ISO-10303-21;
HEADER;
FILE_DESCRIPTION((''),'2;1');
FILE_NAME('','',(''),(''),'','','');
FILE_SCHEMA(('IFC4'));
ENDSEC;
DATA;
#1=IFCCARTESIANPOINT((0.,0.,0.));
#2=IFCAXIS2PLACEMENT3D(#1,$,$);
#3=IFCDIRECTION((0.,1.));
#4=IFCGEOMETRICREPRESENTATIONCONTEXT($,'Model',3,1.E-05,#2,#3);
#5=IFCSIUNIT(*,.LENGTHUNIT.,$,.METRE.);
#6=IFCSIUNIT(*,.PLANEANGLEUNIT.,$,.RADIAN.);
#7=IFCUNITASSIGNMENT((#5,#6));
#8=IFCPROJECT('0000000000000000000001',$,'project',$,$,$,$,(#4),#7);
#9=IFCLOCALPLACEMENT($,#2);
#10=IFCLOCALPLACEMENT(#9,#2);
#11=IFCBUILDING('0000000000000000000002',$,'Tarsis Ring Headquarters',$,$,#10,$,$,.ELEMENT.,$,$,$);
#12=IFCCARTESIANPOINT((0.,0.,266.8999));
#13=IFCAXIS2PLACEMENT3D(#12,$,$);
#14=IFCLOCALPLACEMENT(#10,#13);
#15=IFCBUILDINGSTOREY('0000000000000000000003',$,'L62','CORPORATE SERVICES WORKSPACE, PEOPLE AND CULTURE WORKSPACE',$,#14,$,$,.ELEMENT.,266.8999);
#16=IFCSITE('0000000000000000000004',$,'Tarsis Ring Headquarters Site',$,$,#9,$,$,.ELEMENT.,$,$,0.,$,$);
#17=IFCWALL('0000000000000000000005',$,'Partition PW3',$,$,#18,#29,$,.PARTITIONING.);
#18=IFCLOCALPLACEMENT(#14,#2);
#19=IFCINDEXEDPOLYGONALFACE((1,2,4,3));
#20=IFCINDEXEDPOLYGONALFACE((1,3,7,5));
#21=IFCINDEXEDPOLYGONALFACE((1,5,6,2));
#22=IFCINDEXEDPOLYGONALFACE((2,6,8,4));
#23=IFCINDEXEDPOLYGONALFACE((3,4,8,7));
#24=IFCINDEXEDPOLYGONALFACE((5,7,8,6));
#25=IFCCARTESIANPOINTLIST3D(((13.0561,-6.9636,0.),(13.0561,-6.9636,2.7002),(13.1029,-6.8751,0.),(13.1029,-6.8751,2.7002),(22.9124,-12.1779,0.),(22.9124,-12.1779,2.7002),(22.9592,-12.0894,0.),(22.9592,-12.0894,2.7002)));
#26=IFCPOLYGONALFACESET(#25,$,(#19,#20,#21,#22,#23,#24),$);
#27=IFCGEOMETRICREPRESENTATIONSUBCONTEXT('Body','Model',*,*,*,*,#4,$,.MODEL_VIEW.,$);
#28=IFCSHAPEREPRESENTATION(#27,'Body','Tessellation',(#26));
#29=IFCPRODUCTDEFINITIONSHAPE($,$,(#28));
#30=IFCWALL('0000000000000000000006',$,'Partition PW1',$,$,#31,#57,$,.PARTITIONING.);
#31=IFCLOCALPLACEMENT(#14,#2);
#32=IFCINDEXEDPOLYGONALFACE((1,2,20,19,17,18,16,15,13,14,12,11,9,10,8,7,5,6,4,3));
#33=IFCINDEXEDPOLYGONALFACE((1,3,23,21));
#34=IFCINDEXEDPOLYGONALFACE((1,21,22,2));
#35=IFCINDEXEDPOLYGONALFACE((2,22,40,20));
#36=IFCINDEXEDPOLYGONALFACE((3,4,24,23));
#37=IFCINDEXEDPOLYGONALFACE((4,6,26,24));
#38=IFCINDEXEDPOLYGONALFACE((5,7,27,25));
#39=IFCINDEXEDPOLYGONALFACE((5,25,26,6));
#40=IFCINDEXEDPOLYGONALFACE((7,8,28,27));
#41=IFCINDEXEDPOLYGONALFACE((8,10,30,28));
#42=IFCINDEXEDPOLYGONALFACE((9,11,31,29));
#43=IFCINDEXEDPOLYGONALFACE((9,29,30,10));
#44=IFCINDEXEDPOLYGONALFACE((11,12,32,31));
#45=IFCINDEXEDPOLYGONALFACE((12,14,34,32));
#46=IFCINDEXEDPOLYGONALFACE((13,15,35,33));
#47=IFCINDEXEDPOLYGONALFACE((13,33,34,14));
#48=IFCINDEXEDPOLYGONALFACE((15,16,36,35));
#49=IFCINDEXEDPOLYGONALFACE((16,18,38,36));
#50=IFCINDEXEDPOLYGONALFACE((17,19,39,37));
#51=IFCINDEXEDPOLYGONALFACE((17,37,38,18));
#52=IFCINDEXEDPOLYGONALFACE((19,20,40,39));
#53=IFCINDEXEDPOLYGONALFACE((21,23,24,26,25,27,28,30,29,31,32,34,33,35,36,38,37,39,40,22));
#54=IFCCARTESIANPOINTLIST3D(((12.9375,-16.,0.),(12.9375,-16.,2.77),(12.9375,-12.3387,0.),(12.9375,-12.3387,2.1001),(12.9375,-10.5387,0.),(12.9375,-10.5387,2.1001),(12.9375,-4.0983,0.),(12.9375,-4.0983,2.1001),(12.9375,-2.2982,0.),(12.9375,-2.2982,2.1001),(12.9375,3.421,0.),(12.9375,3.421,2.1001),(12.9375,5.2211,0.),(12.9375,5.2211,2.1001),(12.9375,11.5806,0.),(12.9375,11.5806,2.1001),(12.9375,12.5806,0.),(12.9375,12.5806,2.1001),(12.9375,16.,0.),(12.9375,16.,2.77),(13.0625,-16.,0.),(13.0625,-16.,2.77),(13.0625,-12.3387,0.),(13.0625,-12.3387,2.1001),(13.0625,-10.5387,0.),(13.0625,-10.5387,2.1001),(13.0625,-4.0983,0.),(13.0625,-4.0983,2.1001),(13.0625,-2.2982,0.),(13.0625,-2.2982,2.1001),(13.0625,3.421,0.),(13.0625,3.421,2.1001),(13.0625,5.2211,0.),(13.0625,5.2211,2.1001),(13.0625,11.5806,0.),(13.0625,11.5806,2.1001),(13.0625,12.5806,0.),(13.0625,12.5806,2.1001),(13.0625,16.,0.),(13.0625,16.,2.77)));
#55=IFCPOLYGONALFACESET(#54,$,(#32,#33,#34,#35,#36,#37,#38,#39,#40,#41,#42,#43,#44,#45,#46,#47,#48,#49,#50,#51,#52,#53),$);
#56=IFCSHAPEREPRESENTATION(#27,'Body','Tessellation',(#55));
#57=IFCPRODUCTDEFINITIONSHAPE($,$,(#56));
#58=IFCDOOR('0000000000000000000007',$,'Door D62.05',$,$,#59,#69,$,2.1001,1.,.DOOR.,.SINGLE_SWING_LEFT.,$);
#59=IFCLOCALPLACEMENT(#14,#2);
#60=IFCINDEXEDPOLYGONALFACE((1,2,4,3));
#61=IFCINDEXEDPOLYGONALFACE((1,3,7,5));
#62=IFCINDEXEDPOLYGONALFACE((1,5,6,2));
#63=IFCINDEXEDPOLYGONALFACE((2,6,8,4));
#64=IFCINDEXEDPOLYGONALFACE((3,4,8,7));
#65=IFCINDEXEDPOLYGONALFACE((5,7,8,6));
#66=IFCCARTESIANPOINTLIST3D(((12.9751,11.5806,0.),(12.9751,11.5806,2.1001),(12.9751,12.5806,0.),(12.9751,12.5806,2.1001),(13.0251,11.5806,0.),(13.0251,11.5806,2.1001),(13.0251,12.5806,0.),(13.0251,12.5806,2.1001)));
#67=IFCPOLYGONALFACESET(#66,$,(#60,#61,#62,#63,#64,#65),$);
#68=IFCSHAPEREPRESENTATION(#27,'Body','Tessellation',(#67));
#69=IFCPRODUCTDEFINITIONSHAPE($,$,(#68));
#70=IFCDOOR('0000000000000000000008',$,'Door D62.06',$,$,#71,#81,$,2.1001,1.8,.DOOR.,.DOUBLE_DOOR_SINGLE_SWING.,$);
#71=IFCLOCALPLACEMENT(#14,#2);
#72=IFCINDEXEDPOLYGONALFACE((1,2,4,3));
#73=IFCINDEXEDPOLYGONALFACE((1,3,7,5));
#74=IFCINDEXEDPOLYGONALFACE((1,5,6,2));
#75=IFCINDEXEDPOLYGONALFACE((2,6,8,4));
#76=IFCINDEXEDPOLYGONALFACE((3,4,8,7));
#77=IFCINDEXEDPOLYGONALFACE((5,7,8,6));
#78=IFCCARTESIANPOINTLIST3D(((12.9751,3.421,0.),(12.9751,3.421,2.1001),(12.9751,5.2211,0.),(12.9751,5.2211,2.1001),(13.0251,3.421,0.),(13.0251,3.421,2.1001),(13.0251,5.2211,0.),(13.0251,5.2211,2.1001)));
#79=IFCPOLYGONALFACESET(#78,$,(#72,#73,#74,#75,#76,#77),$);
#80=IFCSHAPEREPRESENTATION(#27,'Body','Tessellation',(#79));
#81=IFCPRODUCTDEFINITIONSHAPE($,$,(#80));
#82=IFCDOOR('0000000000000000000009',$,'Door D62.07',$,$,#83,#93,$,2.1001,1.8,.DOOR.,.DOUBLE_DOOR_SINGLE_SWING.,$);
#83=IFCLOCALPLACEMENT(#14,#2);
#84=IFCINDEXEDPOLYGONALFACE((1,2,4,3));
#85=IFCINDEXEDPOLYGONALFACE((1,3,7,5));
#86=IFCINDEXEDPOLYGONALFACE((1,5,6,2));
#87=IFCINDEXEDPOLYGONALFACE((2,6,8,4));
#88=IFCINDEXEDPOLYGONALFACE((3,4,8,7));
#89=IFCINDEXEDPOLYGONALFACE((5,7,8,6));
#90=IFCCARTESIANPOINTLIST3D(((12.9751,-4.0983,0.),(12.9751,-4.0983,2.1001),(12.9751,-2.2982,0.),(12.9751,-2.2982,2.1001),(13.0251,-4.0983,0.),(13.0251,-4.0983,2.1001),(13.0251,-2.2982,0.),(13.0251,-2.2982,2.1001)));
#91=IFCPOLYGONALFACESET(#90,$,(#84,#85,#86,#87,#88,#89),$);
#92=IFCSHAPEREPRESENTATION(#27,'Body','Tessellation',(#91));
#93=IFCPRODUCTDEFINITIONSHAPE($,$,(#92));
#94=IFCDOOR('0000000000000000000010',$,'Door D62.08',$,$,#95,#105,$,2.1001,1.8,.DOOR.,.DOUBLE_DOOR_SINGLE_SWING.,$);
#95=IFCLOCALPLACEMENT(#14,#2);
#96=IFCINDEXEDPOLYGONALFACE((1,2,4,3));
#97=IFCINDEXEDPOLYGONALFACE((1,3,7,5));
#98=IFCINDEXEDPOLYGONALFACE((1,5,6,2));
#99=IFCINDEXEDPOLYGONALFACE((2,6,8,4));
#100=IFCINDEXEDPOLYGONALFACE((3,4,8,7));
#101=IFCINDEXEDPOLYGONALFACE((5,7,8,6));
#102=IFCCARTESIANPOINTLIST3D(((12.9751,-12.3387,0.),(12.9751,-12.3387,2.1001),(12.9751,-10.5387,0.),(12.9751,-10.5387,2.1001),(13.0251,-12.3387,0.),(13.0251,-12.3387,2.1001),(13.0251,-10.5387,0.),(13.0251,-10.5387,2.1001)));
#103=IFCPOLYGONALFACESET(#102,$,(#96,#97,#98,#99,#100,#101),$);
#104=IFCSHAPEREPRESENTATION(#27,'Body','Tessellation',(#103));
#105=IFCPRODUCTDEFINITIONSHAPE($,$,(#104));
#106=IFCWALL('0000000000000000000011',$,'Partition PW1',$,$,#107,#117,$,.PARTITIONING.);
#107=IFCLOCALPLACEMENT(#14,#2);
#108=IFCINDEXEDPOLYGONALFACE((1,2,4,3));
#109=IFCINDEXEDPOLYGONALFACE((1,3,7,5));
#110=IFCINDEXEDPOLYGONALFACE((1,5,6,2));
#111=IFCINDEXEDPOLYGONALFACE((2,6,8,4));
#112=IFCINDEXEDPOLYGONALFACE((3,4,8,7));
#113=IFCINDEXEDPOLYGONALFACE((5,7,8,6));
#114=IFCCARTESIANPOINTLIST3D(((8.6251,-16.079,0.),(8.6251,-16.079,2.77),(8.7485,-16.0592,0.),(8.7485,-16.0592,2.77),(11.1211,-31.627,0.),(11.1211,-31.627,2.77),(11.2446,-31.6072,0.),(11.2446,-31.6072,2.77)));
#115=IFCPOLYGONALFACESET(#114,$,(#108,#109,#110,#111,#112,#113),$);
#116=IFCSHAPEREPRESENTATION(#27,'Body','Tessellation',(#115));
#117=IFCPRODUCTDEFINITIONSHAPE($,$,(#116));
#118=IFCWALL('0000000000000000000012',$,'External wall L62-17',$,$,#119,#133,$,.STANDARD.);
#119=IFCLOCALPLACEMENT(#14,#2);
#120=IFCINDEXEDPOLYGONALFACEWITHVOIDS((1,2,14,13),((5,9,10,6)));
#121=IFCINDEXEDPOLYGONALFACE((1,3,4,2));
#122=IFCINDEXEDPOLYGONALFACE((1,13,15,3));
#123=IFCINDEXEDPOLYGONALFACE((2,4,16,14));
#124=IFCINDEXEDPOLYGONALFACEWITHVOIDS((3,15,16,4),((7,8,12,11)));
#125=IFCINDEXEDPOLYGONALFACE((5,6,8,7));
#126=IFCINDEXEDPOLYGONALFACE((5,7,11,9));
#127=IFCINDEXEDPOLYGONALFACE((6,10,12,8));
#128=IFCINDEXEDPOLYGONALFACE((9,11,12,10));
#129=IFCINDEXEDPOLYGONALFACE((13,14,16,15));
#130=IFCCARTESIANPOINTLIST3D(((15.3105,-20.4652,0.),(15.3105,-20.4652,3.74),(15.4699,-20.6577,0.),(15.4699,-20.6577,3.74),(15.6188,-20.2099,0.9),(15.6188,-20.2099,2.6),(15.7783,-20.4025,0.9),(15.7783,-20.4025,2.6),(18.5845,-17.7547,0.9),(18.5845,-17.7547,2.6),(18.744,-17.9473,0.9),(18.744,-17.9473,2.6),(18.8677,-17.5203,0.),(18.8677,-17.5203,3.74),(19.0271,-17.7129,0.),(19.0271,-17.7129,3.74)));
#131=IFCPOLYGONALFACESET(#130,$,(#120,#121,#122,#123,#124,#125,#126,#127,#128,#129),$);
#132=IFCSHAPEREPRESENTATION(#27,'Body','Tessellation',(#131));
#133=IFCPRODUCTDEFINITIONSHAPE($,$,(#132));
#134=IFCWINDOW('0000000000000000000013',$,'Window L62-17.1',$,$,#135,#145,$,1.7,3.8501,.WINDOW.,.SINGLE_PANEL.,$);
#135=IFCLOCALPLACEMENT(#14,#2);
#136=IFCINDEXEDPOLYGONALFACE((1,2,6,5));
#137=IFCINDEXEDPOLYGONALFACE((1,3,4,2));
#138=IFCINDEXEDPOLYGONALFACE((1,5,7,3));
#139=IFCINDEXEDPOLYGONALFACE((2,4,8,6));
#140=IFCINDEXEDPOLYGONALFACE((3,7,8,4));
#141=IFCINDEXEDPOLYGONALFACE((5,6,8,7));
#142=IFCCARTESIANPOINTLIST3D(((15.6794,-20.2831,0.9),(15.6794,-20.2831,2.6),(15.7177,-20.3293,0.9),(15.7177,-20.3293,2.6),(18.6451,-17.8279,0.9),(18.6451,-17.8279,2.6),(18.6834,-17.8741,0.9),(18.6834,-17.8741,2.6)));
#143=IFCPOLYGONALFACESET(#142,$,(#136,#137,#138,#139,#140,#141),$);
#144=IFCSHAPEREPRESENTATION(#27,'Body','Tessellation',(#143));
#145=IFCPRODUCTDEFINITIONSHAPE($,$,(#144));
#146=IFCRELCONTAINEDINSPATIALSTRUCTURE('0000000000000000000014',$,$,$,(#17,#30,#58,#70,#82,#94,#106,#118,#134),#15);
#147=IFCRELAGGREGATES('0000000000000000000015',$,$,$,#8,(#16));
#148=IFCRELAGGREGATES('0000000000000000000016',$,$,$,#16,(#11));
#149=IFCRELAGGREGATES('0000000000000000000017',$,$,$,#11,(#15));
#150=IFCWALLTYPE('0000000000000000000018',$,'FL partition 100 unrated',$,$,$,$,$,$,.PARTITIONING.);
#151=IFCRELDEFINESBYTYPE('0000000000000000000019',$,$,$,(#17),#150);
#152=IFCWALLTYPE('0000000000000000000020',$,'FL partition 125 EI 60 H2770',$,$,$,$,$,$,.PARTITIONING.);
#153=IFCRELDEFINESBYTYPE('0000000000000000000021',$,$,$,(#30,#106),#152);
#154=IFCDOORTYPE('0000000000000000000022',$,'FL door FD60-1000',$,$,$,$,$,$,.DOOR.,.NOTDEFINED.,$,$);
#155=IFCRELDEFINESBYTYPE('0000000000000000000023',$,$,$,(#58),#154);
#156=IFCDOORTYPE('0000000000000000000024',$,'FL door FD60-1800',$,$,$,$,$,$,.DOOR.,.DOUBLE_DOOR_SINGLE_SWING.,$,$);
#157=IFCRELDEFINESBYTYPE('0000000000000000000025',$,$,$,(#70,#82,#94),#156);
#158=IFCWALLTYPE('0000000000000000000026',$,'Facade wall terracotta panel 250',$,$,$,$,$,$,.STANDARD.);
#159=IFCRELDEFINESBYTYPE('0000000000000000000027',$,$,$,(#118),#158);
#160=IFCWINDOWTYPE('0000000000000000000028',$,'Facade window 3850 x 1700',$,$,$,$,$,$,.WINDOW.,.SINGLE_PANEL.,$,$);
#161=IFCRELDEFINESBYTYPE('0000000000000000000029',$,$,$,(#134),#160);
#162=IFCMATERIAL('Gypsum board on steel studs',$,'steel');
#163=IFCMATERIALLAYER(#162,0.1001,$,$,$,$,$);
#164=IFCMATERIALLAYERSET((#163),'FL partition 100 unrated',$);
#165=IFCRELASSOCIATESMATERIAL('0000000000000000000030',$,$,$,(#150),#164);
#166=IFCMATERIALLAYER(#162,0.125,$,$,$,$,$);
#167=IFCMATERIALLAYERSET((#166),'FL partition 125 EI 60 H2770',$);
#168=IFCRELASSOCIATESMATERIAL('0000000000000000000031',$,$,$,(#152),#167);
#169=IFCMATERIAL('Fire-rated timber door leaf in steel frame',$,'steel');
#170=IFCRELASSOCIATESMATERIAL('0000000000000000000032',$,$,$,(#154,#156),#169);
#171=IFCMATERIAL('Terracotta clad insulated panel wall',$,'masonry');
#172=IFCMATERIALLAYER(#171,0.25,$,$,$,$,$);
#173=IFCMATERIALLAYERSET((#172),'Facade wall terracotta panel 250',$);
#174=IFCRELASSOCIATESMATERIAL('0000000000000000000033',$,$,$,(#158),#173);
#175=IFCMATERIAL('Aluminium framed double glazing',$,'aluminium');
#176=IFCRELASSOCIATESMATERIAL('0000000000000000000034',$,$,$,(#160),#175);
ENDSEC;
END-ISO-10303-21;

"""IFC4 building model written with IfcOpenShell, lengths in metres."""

from ifc_helpers import new_model, si_unit, direction, frame, frame_2d, origin, place, context, subcontext, project, spatial, rectangle, extrude, material, layer, layer_set, type_object, element, fill, save


model = new_model("IFC4")

# Units and contexts
model_context = context("Model", 3, precision=1e-05, world=origin(), true_north=direction((0.0, 1.0)))
body_context = subcontext(model_context, "Body", "Model", "MODEL_VIEW")
ifc_project = project(units=[si_unit("LENGTHUNIT", "METRE"), si_unit("PLANEANGLEUNIT", "RADIAN")], contexts=[model_context])

# Site, building, storey
site_placement = place(None, origin())
site = spatial("IfcSite", under=ifc_project, at=site_placement, Name="Tarsis Ring Headquarters Site", CompositionType="ELEMENT", RefElevation=0.0)
building_placement = place(site_placement, origin())
building = spatial("IfcBuilding", under=site, at=building_placement, Name="Tarsis Ring Headquarters", CompositionType="ELEMENT")
storey_placement = place(building_placement, frame((0.0, 0.0, 266.8999)))
storey = spatial("IfcBuildingStorey", under=building, at=storey_placement, Name="L62", Description="CORPORATE SERVICES WORKSPACE, PEOPLE AND CULTURE WORKSPACE", CompositionType="ELEMENT", Elevation=266.8999)

# Wall
ifc_material_1 = material(Name="Gypsum board on steel studs", Category="steel")
ifc_layer_1 = layer(ifc_material_1, 0.1001)
ifc_layer_set_1 = layer_set([ifc_layer_1], Name="FL partition 100 unrated")
wall_type_1 = type_object("IfcWallType", Name="FL partition 100 unrated", PredefinedType="PARTITIONING", material=ifc_layer_set_1)
wall_1_placement = place(storey_placement, frame((13.0796, -6.9194, 0.0), z_axis=(0.0, 0.0, 1.0), x_axis=(0.883927, -0.467624, 0.0)))
element("IfcWall", 1, at=wall_1_placement, inside=storey, type_object=wall_type_1, Name="Partition PW3", PredefinedType="PARTITIONING", context=body_context, shape_type="SweptSolid", body=[
    extrude(rectangle(XDim=11.1506, YDim=0.1001, at=frame_2d((5.5752, 0.0))), origin(), (0.0, 0.0, 1.0), 2.7002),
])

# Wall, openings, doors
ifc_layer_2 = layer(ifc_material_1, 0.125)
ifc_layer_set_2 = layer_set([ifc_layer_2], Name="FL partition 125 EI 60 H2770")
wall_type_2 = type_object("IfcWallType", Name="FL partition 125 EI 60 H2770", PredefinedType="PARTITIONING", material=ifc_layer_set_2)
wall_2_placement = place(storey_placement, frame((13.0, -16.0, 0.0), z_axis=(0.0, 0.0, 1.0), x_axis=(0.0, 1.0, 0.0)))
wall_2 = element("IfcWall", 2, at=wall_2_placement, inside=storey, type_object=wall_type_2, Name="Partition PW1", PredefinedType="PARTITIONING", context=body_context, shape_type="SweptSolid", body=[
    extrude(rectangle(XDim=32.0, YDim=0.125, at=frame_2d((16.0, 0.0))), origin(), (0.0, 0.0, 1.0), 2.77),
])
opening_1_placement = place(wall_2_placement, frame((27.5806, 0.0, 0.0)))
opening_1 = element("IfcOpeningElement", 3, at=opening_1_placement, cuts=wall_2, PredefinedType="OPENING", context=body_context, shape_type="SweptSolid", body=[
    extrude(rectangle(XDim=1.0, YDim=2.1001, at=frame_2d((0.5, 1.05))), frame((0.0, 0.0725, 0.0), z_axis=(0.0, -1.0, 0.0), x_axis=(1.0, 0.0, 0.0)), (0.0, 0.0, 1.0), 0.145),
])
opening_2_placement = place(wall_2_placement, frame((19.4211, 0.0, 0.0)))
opening_2 = element("IfcOpeningElement", 4, at=opening_2_placement, cuts=wall_2, PredefinedType="OPENING", context=body_context, shape_type="SweptSolid", body=[
    extrude(rectangle(XDim=1.8, YDim=2.1001, at=frame_2d((0.8999, 1.05))), frame((0.0, 0.0725, 0.0), z_axis=(0.0, -1.0, 0.0), x_axis=(1.0, 0.0, 0.0)), (0.0, 0.0, 1.0), 0.145),
])
opening_3_placement = place(wall_2_placement, frame((11.9019, 0.0, 0.0)))
opening_3 = element("IfcOpeningElement", 5, at=opening_3_placement, cuts=wall_2, PredefinedType="OPENING", context=body_context, shape_type="SweptSolid", body=[
    extrude(rectangle(XDim=1.8, YDim=2.1001, at=frame_2d((0.8999, 1.05))), frame((0.0, 0.0725, 0.0), z_axis=(0.0, -1.0, 0.0), x_axis=(1.0, 0.0, 0.0)), (0.0, 0.0, 1.0), 0.145),
])
opening_4_placement = place(wall_2_placement, frame((3.6614, 0.0, 0.0)))
opening_4 = element("IfcOpeningElement", 6, at=opening_4_placement, cuts=wall_2, PredefinedType="OPENING", context=body_context, shape_type="SweptSolid", body=[
    extrude(rectangle(XDim=1.8, YDim=2.1001, at=frame_2d((0.8999, 1.05))), frame((0.0, 0.0725, 0.0), z_axis=(0.0, -1.0, 0.0), x_axis=(1.0, 0.0, 0.0)), (0.0, 0.0, 1.0), 0.145),
])
ifc_material_2 = material(Name="Fire-rated timber door leaf in steel frame", Category="steel")
door_type_1 = type_object("IfcDoorType", Name="FL door FD60-1000", OperationType="NOTDEFINED", PredefinedType="DOOR", material=ifc_material_2)
door_1_placement = place(opening_1_placement, origin())
door_1 = element("IfcDoor", 7, at=door_1_placement, inside=storey, type_object=door_type_1, Name="Door D62.05", OperationType="SINGLE_SWING_LEFT", OverallHeight=2.1001, OverallWidth=1.0, PredefinedType="DOOR", context=body_context, shape_type="SweptSolid", body=[
    extrude(rectangle(XDim=1.0, YDim=2.1001, at=frame_2d((0.5, 1.05))), frame((0.0, 0.0249, 0.0), z_axis=(0.0, -1.0, 0.0), x_axis=(1.0, 0.0, 0.0)), (0.0, 0.0, 1.0), 0.05),
])
fill(opening_1, door_1)
door_type_2 = type_object("IfcDoorType", Name="FL door FD60-1800", OperationType="DOUBLE_DOOR_SINGLE_SWING", PredefinedType="DOOR", material=ifc_material_2)
door_2_placement = place(opening_2_placement, origin())
door_2 = element("IfcDoor", 8, at=door_2_placement, inside=storey, type_object=door_type_2, Name="Door D62.06", OperationType="DOUBLE_DOOR_SINGLE_SWING", OverallHeight=2.1001, OverallWidth=1.8, PredefinedType="DOOR", context=body_context, shape_type="SweptSolid", body=[
    extrude(rectangle(XDim=1.8, YDim=2.1001, at=frame_2d((0.8999, 1.05))), frame((0.0, 0.0249, 0.0), z_axis=(0.0, -1.0, 0.0), x_axis=(1.0, 0.0, 0.0)), (0.0, 0.0, 1.0), 0.05),
])
fill(opening_2, door_2)
door_3_placement = place(opening_3_placement, origin())
door_3 = element("IfcDoor", 9, at=door_3_placement, inside=storey, type_object=door_type_2, Name="Door D62.07", OperationType="DOUBLE_DOOR_SINGLE_SWING", OverallHeight=2.1001, OverallWidth=1.8, PredefinedType="DOOR", context=body_context, shape_type="SweptSolid", body=[
    extrude(rectangle(XDim=1.8, YDim=2.1001, at=frame_2d((0.8999, 1.05))), frame((0.0, 0.0249, 0.0), z_axis=(0.0, -1.0, 0.0), x_axis=(1.0, 0.0, 0.0)), (0.0, 0.0, 1.0), 0.05),
])
fill(opening_3, door_3)
door_4_placement = place(opening_4_placement, origin())
door_4 = element("IfcDoor", 10, at=door_4_placement, inside=storey, type_object=door_type_2, Name="Door D62.08", OperationType="DOUBLE_DOOR_SINGLE_SWING", OverallHeight=2.1001, OverallWidth=1.8, PredefinedType="DOOR", context=body_context, shape_type="SweptSolid", body=[
    extrude(rectangle(XDim=1.8, YDim=2.1001, at=frame_2d((0.8999, 1.05))), frame((0.0, 0.0249, 0.0), z_axis=(0.0, -1.0, 0.0), x_axis=(1.0, 0.0, 0.0)), (0.0, 0.0, 1.0), 0.05),
])
fill(opening_4, door_4)

# Wall
wall_3_placement = place(storey_placement, frame((8.6868, -16.0691, 0.0), z_axis=(0.0, 0.0, 1.0), x_axis=(0.15851, -0.987357, 0.0)))
element("IfcWall", 11, at=wall_3_placement, inside=storey, type_object=wall_type_2, Name="Partition PW1", PredefinedType="PARTITIONING", context=body_context, shape_type="SweptSolid", body=[
    extrude(rectangle(XDim=15.7471, YDim=0.125, at=frame_2d((7.8735, 0.0))), origin(), (0.0, 0.0, 1.0), 2.77),
])

# Wall, opening, window
ifc_material_3 = material(Name="Terracotta clad insulated panel wall", Category="masonry")
ifc_layer_3 = layer(ifc_material_3, 0.25)
ifc_layer_set_3 = layer_set([ifc_layer_3], Name="Facade wall terracotta panel 250")
wall_type_3 = type_object("IfcWallType", Name="Facade wall terracotta panel 250", PredefinedType="STANDARD", material=ifc_layer_set_3)
wall_4_placement = place(storey_placement, frame((15.3901, -20.5615, 0.0), z_axis=(0.0, 0.0, 1.0), x_axis=(0.770289, 0.637695, 0.0)))
wall_4 = element("IfcWall", 12, at=wall_4_placement, inside=storey, type_object=wall_type_3, Name="External wall L62-17", PredefinedType="STANDARD", context=body_context, shape_type="SweptSolid", body=[
    extrude(rectangle(XDim=4.6179, YDim=0.25, at=frame_2d((2.3091, 0.0))), origin(), (0.0, 0.0, 1.0), 3.74),
])
opening_5_placement = place(wall_4_placement, frame((0.4004, 0.0, 0.8999)))
opening_5 = element("IfcOpeningElement", 13, at=opening_5_placement, cuts=wall_4, PredefinedType="OPENING", context=body_context, shape_type="SweptSolid", body=[
    extrude(rectangle(XDim=3.8501, YDim=1.7, at=frame_2d((1.925, 0.8501))), frame((0.0, 0.135, 0.0), z_axis=(0.0, -1.0, 0.0), x_axis=(1.0, 0.0, 0.0)), (0.0, 0.0, 1.0), 0.27),
])
ifc_material_4 = material(Name="Aluminium framed double glazing", Category="aluminium")
window_type = type_object("IfcWindowType", Name="Facade window 3850 x 1700", PartitioningType="SINGLE_PANEL", PredefinedType="WINDOW", material=ifc_material_4)
window_placement = place(opening_5_placement, origin())
window = element("IfcWindow", 14, at=window_placement, inside=storey, type_object=window_type, Name="Window L62-17.1", OverallHeight=1.7, OverallWidth=3.8501, PartitioningType="SINGLE_PANEL", PredefinedType="WINDOW", context=body_context, shape_type="SweptSolid", body=[
    extrude(rectangle(XDim=3.8501, YDim=1.7, at=frame_2d((1.925, 0.8501))), frame((0.0, 0.03, 0.0), z_axis=(0.0, -1.0, 0.0), x_axis=(1.0, 0.0, 0.0)), (0.0, 0.0, 1.0), 0.0601),
])
fill(opening_5, window)

save(model, "model.ifc")
